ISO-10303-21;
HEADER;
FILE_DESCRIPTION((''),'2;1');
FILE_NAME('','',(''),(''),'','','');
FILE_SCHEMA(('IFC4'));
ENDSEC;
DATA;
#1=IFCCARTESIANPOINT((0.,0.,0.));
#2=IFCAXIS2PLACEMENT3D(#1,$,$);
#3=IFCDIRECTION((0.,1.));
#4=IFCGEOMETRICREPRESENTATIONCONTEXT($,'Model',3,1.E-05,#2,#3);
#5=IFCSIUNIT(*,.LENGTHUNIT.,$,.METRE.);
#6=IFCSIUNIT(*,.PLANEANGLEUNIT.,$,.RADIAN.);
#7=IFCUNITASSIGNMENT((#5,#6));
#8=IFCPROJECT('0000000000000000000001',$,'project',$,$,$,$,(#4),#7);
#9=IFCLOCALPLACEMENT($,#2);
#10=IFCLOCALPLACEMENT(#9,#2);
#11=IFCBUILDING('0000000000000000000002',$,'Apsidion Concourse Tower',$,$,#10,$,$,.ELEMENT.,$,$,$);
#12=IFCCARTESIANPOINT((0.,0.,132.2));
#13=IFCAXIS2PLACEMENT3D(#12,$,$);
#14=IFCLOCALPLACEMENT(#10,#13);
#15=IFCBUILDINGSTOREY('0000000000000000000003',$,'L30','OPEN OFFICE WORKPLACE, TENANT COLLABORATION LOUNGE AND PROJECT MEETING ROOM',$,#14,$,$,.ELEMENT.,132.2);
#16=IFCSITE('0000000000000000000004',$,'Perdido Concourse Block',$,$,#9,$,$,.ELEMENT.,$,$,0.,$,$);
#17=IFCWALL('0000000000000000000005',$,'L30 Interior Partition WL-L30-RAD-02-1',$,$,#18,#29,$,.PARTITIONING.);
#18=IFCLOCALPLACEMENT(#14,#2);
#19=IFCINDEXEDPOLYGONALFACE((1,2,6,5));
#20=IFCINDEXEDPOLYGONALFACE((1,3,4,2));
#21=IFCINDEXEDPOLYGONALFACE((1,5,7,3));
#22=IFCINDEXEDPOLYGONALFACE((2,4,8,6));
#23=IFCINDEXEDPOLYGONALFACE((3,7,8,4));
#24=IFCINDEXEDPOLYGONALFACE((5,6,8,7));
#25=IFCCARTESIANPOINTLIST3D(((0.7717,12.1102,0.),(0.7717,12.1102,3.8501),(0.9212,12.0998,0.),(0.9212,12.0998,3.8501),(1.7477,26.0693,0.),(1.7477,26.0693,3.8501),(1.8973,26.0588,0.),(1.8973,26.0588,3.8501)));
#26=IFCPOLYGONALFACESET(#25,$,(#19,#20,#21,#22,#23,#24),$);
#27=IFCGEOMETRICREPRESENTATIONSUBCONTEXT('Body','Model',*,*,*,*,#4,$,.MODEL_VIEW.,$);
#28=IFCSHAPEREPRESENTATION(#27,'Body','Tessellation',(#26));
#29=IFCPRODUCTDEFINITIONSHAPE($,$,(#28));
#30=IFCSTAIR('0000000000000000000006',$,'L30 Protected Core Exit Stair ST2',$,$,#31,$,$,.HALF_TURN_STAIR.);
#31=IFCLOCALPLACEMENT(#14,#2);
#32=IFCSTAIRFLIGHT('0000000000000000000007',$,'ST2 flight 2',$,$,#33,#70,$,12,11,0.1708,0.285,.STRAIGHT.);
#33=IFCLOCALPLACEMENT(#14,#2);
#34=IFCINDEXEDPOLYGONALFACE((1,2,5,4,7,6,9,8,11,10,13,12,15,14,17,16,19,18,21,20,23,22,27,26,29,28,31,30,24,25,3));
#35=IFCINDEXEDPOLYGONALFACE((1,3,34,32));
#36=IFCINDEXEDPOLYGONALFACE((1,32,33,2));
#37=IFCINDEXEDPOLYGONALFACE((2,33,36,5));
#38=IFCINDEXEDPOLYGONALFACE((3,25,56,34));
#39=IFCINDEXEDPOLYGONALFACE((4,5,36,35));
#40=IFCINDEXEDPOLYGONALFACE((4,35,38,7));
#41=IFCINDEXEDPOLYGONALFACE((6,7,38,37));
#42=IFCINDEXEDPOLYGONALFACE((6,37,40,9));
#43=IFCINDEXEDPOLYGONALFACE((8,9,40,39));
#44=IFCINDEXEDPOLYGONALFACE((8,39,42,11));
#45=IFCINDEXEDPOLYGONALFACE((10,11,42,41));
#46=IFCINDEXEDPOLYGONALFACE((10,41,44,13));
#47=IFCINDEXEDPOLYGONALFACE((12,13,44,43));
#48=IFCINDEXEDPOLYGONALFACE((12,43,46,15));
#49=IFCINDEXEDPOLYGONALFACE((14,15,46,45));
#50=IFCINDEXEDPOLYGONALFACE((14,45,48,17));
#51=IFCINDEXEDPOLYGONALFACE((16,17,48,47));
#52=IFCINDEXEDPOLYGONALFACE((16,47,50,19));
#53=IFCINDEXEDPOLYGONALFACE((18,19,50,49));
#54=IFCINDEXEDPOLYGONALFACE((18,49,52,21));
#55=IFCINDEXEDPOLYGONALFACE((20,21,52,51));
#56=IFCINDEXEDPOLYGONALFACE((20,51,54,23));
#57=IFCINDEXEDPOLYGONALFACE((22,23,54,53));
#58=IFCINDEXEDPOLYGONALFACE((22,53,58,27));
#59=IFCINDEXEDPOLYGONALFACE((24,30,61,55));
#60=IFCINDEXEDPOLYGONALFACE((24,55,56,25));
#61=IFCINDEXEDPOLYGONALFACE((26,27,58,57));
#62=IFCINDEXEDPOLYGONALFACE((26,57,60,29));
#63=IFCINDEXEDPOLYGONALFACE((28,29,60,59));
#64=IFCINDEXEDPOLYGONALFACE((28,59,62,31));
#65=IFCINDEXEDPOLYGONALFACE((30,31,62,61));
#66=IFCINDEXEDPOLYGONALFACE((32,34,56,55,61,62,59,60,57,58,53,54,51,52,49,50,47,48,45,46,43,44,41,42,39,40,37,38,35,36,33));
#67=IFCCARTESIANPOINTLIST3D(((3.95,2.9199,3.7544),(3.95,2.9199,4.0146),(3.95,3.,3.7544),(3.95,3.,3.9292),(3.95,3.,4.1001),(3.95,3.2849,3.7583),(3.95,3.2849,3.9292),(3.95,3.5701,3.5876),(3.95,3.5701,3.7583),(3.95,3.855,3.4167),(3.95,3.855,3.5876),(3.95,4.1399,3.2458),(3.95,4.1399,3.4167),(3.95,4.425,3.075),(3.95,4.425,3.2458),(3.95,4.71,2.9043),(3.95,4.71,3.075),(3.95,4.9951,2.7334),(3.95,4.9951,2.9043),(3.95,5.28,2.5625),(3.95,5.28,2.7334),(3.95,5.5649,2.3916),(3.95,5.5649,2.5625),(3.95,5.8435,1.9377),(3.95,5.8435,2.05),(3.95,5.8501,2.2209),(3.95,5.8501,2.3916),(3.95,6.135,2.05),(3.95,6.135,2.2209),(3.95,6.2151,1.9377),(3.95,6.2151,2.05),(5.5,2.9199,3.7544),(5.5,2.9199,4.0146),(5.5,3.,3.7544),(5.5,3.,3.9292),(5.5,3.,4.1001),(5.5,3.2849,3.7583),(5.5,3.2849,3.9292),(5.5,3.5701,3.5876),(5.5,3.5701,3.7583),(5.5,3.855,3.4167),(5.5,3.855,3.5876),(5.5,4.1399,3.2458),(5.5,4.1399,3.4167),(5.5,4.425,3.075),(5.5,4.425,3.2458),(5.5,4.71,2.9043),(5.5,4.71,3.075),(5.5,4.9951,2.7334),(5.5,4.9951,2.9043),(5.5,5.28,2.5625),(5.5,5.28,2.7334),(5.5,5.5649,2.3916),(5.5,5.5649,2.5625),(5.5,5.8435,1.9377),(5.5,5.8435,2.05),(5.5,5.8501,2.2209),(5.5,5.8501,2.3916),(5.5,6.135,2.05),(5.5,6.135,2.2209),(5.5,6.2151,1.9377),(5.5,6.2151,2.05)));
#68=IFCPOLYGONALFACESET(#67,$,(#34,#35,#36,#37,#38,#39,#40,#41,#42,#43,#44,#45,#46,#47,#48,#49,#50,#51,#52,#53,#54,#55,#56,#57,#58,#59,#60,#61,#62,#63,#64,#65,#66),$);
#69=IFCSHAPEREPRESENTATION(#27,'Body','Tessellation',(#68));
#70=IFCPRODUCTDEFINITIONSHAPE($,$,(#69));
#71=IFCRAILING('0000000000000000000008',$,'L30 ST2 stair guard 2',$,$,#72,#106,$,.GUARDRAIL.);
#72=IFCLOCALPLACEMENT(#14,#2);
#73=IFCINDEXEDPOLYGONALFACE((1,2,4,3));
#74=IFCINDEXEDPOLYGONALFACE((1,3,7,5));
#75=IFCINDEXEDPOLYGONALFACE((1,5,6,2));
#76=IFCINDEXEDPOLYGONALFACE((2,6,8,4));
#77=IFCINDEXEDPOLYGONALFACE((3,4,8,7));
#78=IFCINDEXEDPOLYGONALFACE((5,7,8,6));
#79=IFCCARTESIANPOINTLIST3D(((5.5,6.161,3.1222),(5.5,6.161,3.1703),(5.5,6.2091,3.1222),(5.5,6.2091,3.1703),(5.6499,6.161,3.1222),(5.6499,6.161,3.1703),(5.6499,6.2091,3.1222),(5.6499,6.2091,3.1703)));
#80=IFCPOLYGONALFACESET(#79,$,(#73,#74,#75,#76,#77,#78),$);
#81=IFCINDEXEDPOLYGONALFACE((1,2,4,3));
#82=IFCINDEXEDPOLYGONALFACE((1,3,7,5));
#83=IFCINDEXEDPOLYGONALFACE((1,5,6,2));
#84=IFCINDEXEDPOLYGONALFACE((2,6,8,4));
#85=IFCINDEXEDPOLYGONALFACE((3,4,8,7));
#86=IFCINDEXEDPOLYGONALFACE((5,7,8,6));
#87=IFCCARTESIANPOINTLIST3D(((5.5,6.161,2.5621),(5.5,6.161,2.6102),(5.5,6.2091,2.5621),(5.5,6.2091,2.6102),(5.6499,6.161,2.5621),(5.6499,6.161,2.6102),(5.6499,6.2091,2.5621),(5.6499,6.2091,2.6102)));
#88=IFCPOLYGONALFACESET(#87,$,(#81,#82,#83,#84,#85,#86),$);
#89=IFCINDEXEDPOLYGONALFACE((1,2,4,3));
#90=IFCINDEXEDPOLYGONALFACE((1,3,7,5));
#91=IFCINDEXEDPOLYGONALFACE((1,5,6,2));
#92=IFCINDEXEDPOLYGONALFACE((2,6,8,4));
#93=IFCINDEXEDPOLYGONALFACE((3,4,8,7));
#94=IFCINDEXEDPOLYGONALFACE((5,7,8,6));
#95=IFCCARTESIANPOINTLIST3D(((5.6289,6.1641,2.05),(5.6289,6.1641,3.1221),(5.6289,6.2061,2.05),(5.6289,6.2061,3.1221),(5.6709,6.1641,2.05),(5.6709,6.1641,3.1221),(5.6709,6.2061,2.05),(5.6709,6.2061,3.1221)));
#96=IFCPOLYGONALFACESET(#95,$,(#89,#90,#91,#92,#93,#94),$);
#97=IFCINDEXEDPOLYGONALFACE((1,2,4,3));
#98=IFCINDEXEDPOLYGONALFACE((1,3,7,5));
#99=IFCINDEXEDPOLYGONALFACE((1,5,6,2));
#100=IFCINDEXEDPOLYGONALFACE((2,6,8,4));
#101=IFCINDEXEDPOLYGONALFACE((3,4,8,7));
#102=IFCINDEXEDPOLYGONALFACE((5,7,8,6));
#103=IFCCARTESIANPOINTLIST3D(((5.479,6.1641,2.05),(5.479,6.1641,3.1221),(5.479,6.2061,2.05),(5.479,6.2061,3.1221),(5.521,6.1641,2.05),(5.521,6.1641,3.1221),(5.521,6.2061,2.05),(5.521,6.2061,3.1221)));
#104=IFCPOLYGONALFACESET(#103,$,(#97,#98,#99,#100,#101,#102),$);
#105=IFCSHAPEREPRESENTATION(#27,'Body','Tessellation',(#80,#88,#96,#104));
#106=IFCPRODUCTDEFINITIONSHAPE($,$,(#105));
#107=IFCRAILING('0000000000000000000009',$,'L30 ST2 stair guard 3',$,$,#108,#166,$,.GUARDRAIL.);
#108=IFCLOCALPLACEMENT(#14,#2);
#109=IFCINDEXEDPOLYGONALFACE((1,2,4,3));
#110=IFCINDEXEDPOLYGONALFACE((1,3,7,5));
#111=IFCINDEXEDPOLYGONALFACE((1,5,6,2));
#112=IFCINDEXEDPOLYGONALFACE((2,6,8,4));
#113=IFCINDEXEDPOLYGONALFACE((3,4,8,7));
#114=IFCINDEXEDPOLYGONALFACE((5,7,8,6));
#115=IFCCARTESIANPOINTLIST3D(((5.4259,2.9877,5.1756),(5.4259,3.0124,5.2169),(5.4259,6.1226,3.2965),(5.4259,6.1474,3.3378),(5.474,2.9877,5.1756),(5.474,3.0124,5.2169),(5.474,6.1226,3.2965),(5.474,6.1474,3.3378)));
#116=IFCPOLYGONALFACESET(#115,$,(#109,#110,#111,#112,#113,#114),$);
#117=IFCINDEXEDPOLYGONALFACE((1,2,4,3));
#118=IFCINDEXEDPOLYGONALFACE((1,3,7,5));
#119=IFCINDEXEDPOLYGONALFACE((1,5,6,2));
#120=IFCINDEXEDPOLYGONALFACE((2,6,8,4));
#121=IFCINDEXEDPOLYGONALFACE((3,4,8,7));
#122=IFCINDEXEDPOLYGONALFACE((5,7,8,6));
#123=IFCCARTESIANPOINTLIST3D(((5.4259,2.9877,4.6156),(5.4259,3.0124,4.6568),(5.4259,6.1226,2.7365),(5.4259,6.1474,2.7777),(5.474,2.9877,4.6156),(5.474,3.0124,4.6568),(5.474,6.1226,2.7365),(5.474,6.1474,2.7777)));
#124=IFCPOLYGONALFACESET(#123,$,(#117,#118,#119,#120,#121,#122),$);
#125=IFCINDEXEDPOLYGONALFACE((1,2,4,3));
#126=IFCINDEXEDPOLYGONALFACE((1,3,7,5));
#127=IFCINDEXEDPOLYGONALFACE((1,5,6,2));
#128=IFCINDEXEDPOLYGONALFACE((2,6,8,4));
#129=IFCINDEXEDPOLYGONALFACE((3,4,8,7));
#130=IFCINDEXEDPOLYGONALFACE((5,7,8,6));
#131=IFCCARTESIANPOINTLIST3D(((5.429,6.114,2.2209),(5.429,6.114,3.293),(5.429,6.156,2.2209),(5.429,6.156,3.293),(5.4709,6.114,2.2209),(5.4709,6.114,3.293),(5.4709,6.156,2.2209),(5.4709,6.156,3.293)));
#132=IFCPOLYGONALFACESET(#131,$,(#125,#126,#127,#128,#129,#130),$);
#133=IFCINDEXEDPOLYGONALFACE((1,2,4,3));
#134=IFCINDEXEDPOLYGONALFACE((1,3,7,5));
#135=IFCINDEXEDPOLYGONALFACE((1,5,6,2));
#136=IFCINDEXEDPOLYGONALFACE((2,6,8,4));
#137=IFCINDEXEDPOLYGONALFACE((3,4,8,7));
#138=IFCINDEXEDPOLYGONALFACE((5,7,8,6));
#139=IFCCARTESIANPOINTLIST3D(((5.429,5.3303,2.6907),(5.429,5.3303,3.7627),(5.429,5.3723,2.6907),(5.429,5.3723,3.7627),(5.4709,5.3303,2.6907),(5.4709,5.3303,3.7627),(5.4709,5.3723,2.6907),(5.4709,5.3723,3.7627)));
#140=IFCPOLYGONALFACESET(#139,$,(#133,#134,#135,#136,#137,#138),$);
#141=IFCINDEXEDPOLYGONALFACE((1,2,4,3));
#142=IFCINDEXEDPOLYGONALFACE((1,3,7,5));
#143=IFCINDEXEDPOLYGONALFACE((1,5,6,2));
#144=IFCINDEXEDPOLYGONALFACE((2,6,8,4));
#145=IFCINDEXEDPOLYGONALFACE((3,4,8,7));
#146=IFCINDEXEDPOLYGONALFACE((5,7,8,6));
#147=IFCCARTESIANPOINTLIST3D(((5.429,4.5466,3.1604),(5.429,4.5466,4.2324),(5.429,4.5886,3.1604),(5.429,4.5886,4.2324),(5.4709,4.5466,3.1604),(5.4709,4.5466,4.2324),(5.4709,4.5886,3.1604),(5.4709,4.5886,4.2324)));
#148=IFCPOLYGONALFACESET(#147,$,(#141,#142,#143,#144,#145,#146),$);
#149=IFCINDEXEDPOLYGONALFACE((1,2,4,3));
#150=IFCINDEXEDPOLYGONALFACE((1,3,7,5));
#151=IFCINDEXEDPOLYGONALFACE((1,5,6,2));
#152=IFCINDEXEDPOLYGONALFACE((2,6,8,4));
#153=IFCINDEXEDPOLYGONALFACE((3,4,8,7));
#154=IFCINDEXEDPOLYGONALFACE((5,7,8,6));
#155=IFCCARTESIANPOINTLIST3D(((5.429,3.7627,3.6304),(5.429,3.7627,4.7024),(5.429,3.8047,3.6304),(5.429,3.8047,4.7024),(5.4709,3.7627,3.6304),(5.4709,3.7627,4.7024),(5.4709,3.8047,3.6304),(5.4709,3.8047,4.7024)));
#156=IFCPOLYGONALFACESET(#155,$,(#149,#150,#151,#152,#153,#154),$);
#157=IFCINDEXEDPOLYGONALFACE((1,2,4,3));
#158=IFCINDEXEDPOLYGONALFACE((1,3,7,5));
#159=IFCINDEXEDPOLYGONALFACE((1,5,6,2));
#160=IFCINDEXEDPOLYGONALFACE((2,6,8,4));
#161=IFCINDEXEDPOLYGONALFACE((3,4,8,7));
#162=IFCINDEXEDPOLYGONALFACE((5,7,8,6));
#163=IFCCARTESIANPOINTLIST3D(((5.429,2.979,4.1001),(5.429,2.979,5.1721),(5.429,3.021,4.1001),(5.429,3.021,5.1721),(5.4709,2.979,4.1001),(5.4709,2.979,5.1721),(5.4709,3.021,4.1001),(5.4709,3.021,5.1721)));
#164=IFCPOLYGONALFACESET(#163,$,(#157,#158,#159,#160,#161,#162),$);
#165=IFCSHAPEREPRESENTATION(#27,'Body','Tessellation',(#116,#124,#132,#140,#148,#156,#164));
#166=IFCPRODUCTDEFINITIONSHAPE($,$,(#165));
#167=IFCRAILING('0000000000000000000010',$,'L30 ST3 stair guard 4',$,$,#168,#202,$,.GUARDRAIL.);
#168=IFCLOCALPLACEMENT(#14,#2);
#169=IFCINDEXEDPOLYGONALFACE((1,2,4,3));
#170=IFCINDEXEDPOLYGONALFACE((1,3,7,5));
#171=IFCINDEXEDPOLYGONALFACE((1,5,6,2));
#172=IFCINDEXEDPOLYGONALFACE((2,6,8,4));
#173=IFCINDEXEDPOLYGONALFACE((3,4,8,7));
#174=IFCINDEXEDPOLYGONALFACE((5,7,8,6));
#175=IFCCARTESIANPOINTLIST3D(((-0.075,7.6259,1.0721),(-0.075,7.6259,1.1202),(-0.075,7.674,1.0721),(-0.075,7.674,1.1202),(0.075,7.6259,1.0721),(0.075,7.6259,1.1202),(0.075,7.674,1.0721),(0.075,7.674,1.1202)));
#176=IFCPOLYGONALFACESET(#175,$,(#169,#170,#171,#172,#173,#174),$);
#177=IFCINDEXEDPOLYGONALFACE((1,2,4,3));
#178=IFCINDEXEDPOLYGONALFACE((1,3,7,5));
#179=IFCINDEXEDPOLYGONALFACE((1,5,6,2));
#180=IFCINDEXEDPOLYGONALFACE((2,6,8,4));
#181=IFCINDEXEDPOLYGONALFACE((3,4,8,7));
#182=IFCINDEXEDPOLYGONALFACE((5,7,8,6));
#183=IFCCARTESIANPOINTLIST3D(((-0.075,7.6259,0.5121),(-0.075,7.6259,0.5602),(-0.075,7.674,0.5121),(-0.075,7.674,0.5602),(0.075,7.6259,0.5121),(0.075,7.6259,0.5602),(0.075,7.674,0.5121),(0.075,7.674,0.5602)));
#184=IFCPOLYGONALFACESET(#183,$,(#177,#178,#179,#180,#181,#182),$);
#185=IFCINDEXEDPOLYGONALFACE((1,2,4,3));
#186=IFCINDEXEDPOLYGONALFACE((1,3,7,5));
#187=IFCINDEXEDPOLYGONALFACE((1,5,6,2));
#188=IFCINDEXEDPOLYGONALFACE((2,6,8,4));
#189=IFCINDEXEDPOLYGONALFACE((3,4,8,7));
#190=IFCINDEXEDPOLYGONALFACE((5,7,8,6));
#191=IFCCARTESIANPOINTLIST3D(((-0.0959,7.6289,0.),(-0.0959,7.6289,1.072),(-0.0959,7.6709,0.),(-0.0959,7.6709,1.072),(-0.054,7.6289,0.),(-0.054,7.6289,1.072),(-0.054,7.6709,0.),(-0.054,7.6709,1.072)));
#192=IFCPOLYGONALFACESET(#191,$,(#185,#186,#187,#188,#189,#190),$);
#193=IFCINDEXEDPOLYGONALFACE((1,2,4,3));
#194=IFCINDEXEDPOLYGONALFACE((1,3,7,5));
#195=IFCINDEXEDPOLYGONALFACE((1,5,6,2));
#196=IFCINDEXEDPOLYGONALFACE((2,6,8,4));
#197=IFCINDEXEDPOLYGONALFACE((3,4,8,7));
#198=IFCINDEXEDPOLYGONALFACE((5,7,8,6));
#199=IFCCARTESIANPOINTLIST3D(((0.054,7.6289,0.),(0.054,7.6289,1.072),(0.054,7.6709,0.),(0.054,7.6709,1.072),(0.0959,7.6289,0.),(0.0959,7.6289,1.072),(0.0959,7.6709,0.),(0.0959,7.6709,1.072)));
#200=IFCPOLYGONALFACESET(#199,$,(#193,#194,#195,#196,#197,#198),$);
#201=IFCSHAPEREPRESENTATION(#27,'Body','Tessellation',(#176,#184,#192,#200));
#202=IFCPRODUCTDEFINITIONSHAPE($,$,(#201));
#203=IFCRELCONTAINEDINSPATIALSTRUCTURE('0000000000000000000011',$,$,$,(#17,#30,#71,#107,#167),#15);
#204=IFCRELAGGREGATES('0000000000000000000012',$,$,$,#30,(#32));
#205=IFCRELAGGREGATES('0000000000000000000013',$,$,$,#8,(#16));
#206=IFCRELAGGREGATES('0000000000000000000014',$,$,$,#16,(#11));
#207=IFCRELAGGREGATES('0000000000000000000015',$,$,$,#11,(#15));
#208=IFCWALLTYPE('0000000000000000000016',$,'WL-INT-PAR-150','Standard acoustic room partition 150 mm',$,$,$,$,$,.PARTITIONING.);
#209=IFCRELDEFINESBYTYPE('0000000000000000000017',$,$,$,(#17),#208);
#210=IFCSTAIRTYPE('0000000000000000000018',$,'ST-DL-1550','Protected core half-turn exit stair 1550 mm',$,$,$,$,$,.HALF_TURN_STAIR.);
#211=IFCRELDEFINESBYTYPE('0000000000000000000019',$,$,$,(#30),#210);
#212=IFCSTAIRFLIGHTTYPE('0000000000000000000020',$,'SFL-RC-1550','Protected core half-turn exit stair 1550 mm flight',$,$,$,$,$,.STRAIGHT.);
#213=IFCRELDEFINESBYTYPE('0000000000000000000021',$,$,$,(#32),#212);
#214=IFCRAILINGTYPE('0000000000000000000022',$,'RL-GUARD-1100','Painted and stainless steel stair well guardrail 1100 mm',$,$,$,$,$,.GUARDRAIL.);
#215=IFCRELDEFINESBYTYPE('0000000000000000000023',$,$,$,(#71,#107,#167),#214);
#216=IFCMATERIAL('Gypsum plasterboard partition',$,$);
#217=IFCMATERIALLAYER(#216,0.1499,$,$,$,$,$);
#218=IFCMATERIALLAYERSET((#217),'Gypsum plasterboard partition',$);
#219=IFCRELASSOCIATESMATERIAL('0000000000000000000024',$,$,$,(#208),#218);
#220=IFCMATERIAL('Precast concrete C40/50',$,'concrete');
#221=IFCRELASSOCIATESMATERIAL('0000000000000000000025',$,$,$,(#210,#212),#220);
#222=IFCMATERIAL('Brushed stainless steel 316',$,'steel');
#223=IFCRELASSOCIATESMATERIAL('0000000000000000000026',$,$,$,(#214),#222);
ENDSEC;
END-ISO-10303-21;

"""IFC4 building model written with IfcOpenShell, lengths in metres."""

from ifc_helpers import new_model, si_unit, direction, frame, frame_2d, origin, origin_2d, place, context, subcontext, project, spatial, polyline, rectangle, outline, extrude, material, layer, layer_set, type_object, element, aggregate, save


model = new_model("IFC4")

# Units and contexts
model_context = context("Model", 3, precision=1e-05, world=origin(), true_north=direction((0.0, 1.0)))
body_context = subcontext(model_context, "Body", "Model", "MODEL_VIEW")
ifc_project = project(units=[si_unit("LENGTHUNIT", "METRE"), si_unit("PLANEANGLEUNIT", "RADIAN")], contexts=[model_context])

# Site, building, storey
site_placement = place(None, origin())
site = spatial("IfcSite", under=ifc_project, at=site_placement, Name="Perdido Concourse Block", CompositionType="ELEMENT", RefElevation=0.0)
building_placement = place(site_placement, origin())
building = spatial("IfcBuilding", under=site, at=building_placement, Name="Apsidion Concourse Tower", CompositionType="ELEMENT")
storey_placement = place(building_placement, frame((0.0, 0.0, 132.2)))
storey = spatial("IfcBuildingStorey", under=building, at=storey_placement, Name="L30", Description="OPEN OFFICE WORKPLACE, TENANT COLLABORATION LOUNGE AND PROJECT MEETING ROOM", CompositionType="ELEMENT", Elevation=132.2)

# Shared definitions
ifc_material_1 = material(Name="Gypsum plasterboard partition")
ifc_layer = layer(ifc_material_1, 0.1499)
ifc_layer_set = layer_set([ifc_layer], Name="Gypsum plasterboard partition")
wall_type = type_object("IfcWallType", Name="WL-INT-PAR-150", Description="Standard acoustic room partition 150 mm", PredefinedType="PARTITIONING", material=ifc_layer_set)

# Shared definitions
ifc_material_2 = material(Name="Brushed stainless steel 316", Category="steel")

# Wall
wall_1_placement = place(storey_placement, frame((0.8464, 12.105, 0.0), z_axis=(0.0, 0.0, 1.0), x_axis=(0.069754, 0.997564, 0.0)))
element("IfcWall", 1, at=wall_1_placement, inside=storey, type_object=wall_type, Name="L30 Interior Partition WL-L30-RAD-02-1", PredefinedType="PARTITIONING", context=body_context, shape_type="SweptSolid", body=[
    extrude(rectangle(XDim=13.9932, YDim=0.1499, at=frame_2d((6.9966, 0.0))), origin(), (0.0, 0.0, 1.0), 3.8501),
])

# Stair, stair flight
ifc_material_3 = material(Name="Precast concrete C40/50", Category="concrete")
stair_type = type_object("IfcStairType", Name="ST-DL-1550", Description="Protected core half-turn exit stair 1550 mm", PredefinedType="HALF_TURN_STAIR", material=ifc_material_3)
stair_placement = place(storey_placement, origin())
stair = element("IfcStair", 2, at=stair_placement, inside=storey, type_object=stair_type, Name="L30 Protected Core Exit Stair ST2", PredefinedType="HALF_TURN_STAIR")
stair_flight_type = type_object("IfcStairFlightType", Name="SFL-RC-1550", Description="Protected core half-turn exit stair 1550 mm flight", PredefinedType="STRAIGHT", material=ifc_material_3)
stair_flight_placement = place(storey_placement, frame((4.7251, 6.135, 2.05), z_axis=(0.0, 0.0, 1.0), x_axis=(0.0, -1.0, 0.0)))
stair_flight = element("IfcStairFlight", 3, at=stair_flight_placement, type_object=stair_flight_type, Name="ST2 flight 2", NumberOfRisers=12, NumberOfTreads=11, PredefinedType="STRAIGHT", RiserHeight=0.1708, TreadLength=0.285, context=body_context, shape_type="SweptSolid", body=[
    extrude(outline(polyline([(-0.0801, -0.1123), (-0.0801, 0.0), (0.0, 0.0), (0.0, 0.1709), (0.2849, 0.1709), (0.2849, 0.3416), (0.5701, 0.3416), (0.5701, 0.5125), (0.855, 0.5125), (0.855, 0.6833), (1.1399, 0.6833), (1.1399, 0.8542), (1.425, 0.8542), (1.425, 1.0249), (1.71, 1.0249), (1.71, 1.1958), (1.9951, 1.1958), (1.9951, 1.3667), (2.28, 1.3667), (2.28, 1.5376), (2.5649, 1.5376), (2.5649, 1.7083), (2.8501, 1.7083), (2.8501, 1.8792), (3.135, 1.8792), (3.135, 2.05), (3.2151, 1.9646), (3.2151, 1.7043), (3.135, 1.7043), (0.2915, 0.0), (0.2915, -0.1123), (-0.0801, -0.1123)])), frame((0.0, 0.7749, 0.0), z_axis=(0.0, -1.0, 0.0), x_axis=(1.0, 0.0, 0.0)), (0.0, 0.0, 1.0), 1.55),
])
aggregate(stair, [stair_flight])

# Railings
railing_type_1 = type_object("IfcRailingType", Name="RL-GUARD-1100", Description="Painted and stainless steel stair well guardrail 1100 mm", PredefinedType="GUARDRAIL", material=ifc_material_2)
railing_1_placement = place(storey_placement, frame((5.6499, 6.1851, 2.05)))
element("IfcRailing", 4, at=railing_1_placement, inside=storey, type_object=railing_type_1, Name="L30 ST2 stair guard 2", PredefinedType="GUARDRAIL", context=body_context, shape_type="SweptSolid", body=[
    extrude(rectangle(XDim=0.0481, YDim=0.0481, at=origin_2d()), frame((0.0, 0.0, 1.0962), z_axis=(-1.0, 0.0, 0.0), x_axis=(0.0, -1.0, 0.0)), (0.0, 0.0, 1.0), 0.1499),
    extrude(rectangle(XDim=0.0481, YDim=0.0481, at=origin_2d()), frame((0.0, 0.0, 0.5361), z_axis=(-1.0, 0.0, 0.0), x_axis=(0.0, -1.0, 0.0)), (0.0, 0.0, 1.0), 0.1499),
    extrude(rectangle(XDim=0.042, YDim=0.042, at=origin_2d()), origin(), (0.0, 0.0, 1.0), 1.072),
    extrude(rectangle(XDim=0.042, YDim=0.042, at=origin_2d()), frame((-0.1499, 0.0, 0.0)), (0.0, 0.0, 1.0), 1.072),
])
railing_2_placement = place(storey_placement, frame((5.45, 6.135, 2.2209)))
element("IfcRailing", 5, at=railing_2_placement, inside=storey, type_object=railing_type_1, Name="L30 ST2 stair guard 3", PredefinedType="GUARDRAIL", context=body_context, shape_type="SweptSolid", body=[
    extrude(rectangle(XDim=0.0481, YDim=0.0481, at=origin_2d()), frame((0.0, 0.0, 1.0962), z_axis=(0.0, -0.857717, 0.514122), x_axis=(1.0, 0.0, 0.0)), (0.0, 0.0, 1.0), 3.655),
    extrude(rectangle(XDim=0.0481, YDim=0.0481, at=origin_2d()), frame((0.0, 0.0, 0.5361), z_axis=(0.0, -0.857717, 0.514122), x_axis=(1.0, 0.0, 0.0)), (0.0, 0.0, 1.0), 3.655),
    extrude(rectangle(XDim=0.042, YDim=0.042, at=origin_2d()), origin(), (0.0, 0.0, 1.0), 1.072),
    extrude(rectangle(XDim=0.042, YDim=0.042, at=origin_2d()), frame((0.0, -0.7837, 0.4697)), (0.0, 0.0, 1.0), 1.072),
    extrude(rectangle(XDim=0.042, YDim=0.042, at=origin_2d()), frame((0.0, -1.5674, 0.9395)), (0.0, 0.0, 1.0), 1.072),
    extrude(rectangle(XDim=0.042, YDim=0.042, at=origin_2d()), frame((0.0, -2.3513, 1.4094)), (0.0, 0.0, 1.0), 1.072),
    extrude(rectangle(XDim=0.042, YDim=0.042, at=origin_2d()), frame((0.0, -3.135, 1.8792)), (0.0, 0.0, 1.0), 1.072),
])
railing_3_placement = place(storey_placement, frame((-0.075, 7.6499, 0.0)))
element("IfcRailing", 6, at=railing_3_placement, inside=storey, type_object=railing_type_1, Name="L30 ST3 stair guard 4", PredefinedType="GUARDRAIL", context=body_context, shape_type="SweptSolid", body=[
    extrude(rectangle(XDim=0.0481, YDim=0.0481, at=origin_2d()), frame((0.0, 0.0, 1.0962), z_axis=(1.0, 0.0, 0.0), x_axis=(0.0, 1.0, 0.0)), (0.0, 0.0, 1.0), 0.1499),
    extrude(rectangle(XDim=0.0481, YDim=0.0481, at=origin_2d()), frame((0.0, 0.0, 0.5361), z_axis=(1.0, 0.0, 0.0), x_axis=(0.0, 1.0, 0.0)), (0.0, 0.0, 1.0), 0.1499),
    extrude(rectangle(XDim=0.042, YDim=0.042, at=origin_2d()), origin(), (0.0, 0.0, 1.0), 1.072),
    extrude(rectangle(XDim=0.042, YDim=0.042, at=origin_2d()), frame((0.1499, 0.0, 0.0)), (0.0, 0.0, 1.0), 1.072),
])

save(model, "model.ifc")
